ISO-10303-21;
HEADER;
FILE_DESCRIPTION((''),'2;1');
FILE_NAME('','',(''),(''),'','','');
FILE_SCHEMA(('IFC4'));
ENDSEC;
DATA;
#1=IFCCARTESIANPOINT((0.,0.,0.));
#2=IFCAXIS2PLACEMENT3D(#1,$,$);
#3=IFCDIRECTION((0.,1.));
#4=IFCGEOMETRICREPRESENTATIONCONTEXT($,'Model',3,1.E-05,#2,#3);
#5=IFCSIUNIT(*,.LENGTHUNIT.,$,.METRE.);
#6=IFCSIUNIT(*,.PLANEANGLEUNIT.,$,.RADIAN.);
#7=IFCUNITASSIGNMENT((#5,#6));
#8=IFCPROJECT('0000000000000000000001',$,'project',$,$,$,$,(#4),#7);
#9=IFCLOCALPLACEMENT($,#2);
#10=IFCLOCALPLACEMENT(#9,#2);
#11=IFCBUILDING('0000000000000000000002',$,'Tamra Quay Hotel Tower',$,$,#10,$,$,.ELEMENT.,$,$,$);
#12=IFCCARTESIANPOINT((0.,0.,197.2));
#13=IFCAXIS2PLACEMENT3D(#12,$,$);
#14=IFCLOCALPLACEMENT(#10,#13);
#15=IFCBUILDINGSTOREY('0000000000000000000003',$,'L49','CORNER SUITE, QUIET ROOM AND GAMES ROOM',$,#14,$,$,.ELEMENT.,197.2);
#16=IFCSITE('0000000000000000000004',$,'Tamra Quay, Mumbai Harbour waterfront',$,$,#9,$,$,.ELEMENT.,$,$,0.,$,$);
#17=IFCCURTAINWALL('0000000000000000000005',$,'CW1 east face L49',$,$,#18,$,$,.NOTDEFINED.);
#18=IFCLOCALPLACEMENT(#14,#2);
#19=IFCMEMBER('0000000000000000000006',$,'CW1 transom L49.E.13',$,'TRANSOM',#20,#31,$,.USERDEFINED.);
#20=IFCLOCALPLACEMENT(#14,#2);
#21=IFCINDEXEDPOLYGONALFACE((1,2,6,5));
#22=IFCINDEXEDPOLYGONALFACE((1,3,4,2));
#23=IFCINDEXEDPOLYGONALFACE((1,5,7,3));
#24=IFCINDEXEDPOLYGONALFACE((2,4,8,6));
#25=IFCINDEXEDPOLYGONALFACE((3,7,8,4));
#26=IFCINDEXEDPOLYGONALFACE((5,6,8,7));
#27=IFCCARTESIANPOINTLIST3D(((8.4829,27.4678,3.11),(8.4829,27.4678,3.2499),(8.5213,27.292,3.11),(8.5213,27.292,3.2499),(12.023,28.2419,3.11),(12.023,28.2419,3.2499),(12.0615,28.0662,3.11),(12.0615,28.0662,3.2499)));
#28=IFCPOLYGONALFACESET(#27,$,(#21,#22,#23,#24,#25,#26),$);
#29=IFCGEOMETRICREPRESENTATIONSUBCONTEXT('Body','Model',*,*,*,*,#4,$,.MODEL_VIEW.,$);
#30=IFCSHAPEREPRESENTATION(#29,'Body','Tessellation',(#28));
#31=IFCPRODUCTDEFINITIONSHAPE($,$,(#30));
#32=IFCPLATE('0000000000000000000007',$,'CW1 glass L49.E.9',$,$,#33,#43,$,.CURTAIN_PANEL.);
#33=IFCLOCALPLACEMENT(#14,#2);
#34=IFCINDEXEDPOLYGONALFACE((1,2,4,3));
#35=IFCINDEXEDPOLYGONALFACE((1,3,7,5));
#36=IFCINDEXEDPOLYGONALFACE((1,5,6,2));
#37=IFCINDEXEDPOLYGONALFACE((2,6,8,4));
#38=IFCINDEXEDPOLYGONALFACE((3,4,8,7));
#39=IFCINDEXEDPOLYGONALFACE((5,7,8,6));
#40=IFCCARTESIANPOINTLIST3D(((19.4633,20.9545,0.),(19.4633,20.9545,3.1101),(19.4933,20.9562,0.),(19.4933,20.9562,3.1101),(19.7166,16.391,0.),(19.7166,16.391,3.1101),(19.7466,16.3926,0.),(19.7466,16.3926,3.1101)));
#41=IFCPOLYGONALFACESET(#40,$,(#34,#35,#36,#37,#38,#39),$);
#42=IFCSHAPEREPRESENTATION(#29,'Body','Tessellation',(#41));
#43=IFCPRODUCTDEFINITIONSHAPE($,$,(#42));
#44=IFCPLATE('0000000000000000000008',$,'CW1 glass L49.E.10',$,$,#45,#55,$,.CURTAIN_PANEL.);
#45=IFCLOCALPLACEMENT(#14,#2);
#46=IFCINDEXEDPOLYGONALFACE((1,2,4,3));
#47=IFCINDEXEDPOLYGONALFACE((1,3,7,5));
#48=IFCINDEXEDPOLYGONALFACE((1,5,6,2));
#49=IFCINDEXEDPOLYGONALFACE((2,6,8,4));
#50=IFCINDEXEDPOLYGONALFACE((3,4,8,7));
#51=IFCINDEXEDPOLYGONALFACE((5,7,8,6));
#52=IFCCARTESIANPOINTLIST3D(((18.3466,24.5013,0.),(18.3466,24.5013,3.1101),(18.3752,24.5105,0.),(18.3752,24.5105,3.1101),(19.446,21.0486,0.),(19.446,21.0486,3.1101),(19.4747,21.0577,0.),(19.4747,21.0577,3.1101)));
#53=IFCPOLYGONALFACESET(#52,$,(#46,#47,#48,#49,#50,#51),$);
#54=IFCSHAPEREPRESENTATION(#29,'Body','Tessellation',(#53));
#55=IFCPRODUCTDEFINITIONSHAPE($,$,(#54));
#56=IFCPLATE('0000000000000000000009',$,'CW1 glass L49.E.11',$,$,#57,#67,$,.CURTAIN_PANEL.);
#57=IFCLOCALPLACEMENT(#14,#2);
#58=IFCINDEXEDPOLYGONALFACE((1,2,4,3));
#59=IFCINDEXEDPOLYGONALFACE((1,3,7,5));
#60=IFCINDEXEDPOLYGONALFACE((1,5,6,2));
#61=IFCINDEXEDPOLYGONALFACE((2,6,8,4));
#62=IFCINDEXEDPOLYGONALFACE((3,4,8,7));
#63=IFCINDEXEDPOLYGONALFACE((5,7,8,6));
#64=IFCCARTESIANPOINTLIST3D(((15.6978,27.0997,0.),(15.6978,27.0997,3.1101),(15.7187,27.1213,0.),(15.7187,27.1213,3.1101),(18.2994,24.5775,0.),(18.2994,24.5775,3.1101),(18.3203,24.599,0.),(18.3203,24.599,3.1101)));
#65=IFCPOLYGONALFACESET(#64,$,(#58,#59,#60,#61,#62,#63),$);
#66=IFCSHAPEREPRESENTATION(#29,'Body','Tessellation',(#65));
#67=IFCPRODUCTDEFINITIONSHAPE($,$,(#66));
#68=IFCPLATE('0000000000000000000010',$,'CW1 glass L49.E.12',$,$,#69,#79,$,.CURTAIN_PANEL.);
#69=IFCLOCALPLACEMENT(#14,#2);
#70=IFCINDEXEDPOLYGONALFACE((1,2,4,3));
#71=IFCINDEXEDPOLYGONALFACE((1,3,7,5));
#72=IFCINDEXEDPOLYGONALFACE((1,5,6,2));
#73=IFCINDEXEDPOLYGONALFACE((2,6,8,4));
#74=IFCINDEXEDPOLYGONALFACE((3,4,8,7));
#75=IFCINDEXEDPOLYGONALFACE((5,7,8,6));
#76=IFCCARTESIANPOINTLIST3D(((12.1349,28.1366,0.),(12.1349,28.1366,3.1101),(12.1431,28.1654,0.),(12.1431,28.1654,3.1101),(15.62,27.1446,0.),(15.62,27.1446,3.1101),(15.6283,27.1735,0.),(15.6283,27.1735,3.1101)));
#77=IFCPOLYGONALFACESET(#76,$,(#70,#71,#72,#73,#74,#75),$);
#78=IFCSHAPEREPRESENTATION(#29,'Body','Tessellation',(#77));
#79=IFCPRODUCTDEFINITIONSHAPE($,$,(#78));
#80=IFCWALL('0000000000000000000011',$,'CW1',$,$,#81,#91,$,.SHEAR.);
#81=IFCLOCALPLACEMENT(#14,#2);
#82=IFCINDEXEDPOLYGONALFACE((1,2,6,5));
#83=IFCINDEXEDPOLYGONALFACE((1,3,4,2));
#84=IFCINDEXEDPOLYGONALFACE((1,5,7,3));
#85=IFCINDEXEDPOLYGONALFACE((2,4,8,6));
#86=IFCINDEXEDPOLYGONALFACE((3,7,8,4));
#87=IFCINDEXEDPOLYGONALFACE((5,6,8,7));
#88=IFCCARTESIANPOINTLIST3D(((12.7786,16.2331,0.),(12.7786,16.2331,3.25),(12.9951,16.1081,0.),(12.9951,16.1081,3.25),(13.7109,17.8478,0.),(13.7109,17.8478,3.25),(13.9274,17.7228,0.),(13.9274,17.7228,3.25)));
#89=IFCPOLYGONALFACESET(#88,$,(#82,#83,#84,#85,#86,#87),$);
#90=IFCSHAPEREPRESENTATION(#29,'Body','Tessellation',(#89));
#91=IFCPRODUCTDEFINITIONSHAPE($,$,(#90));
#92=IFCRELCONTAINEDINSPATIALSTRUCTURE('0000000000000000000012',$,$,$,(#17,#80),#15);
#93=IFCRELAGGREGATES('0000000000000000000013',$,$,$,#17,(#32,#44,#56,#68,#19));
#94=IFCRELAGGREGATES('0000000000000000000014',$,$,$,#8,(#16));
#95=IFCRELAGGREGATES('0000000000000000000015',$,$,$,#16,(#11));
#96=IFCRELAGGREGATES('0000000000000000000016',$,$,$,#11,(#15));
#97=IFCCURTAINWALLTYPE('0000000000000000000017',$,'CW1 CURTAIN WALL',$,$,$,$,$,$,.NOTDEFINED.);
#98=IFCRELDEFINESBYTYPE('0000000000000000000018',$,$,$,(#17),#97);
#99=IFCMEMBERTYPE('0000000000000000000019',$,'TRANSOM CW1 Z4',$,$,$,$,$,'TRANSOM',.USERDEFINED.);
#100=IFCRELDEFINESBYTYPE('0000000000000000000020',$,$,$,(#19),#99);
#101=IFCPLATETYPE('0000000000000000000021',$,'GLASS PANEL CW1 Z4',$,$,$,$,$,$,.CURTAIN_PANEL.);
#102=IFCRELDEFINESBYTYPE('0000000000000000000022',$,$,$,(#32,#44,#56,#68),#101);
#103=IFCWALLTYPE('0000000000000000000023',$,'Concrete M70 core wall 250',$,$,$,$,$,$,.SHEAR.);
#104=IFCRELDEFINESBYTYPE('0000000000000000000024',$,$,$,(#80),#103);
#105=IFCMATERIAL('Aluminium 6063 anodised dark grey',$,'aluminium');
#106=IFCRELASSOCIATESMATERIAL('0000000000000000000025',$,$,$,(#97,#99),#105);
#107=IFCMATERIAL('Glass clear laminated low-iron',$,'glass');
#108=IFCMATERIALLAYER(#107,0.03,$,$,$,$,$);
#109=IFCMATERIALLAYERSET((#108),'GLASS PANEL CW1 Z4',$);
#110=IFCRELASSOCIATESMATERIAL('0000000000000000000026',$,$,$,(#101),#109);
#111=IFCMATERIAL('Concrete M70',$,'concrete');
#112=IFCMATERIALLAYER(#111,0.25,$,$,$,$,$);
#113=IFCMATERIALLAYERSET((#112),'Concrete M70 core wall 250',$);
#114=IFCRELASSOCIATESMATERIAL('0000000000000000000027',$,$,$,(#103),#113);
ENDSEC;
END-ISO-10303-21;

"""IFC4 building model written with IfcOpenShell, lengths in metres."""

from ifc_helpers import new_model, si_unit, direction, frame, frame_2d, origin, origin_2d, place, context, subcontext, project, spatial, rectangle, extrude, material, layer, layer_set, material_profile, profile_set, type_object, element, aggregate, save


model = new_model("IFC4")

# Units and contexts
model_context = context("Model", 3, precision=1e-05, world=origin(), true_north=direction((0.0, 1.0)))
body_context = subcontext(model_context, "Body", "Model", "MODEL_VIEW")
ifc_project = project(units=[si_unit("LENGTHUNIT", "METRE"), si_unit("PLANEANGLEUNIT", "RADIAN")], contexts=[model_context])

# Site, building, storey
site_placement = place(None, origin())
site = spatial("IfcSite", under=ifc_project, at=site_placement, Name="Tamra Quay, Mumbai Harbour waterfront", CompositionType="ELEMENT", RefElevation=0.0)
building_placement = place(site_placement, origin())
building = spatial("IfcBuilding", under=site, at=building_placement, Name="Tamra Quay Hotel Tower", CompositionType="ELEMENT")
storey_placement = place(building_placement, frame((0.0, 0.0, 197.2)))
storey = spatial("IfcBuildingStorey", under=building, at=storey_placement, Name="L49", Description="CORNER SUITE, QUIET ROOM AND GAMES ROOM", CompositionType="ELEMENT", Elevation=197.2)

# Shared definitions
ifc_material_1 = material(Name="Concrete M70", Category="concrete")

# Curtain wall
ifc_material_2 = material(Name="Aluminium 6063 anodised dark grey", Category="aluminium")
curtain_wall_type = type_object("IfcCurtainWallType", Name="CW1 CURTAIN WALL", PredefinedType="NOTDEFINED", material=ifc_material_2)
curtain_wall_placement = place(storey_placement, origin())
curtain_wall = element("IfcCurtainWall", 1, at=curtain_wall_placement, inside=storey, type_object=curtain_wall_type, Name="CW1 east face L49", PredefinedType="NOTDEFINED")

# Member
ifc_material_profile_1 = material_profile(ifc_material_2, rectangle(XDim=0.1799, YDim=0.1399, at=origin_2d()), Name="TRANSOM 180X140")
ifc_profile_set_1 = profile_set([ifc_material_profile_1], Name="Aluminium 6063 anodised dark grey")
member_type_1 = type_object("IfcMemberType", Name="TRANSOM CW1 Z4", ElementType="TRANSOM", PredefinedType="USERDEFINED", material=ifc_profile_set_1)
member_1_placement = place(storey_placement, frame((12.0422, 28.1541, 3.1799), z_axis=(-0.976912, -0.213641, 0.0), x_axis=(0.213641, -0.976912, 0.0)))
member_1 = element("IfcMember", 2, at=member_1_placement, type_object=member_type_1, Name="CW1 transom L49.E.13", ObjectType="TRANSOM", PredefinedType="USERDEFINED", context=body_context, shape_type="SweptSolid", body=[
    extrude(rectangle(XDim=0.1799, YDim=0.1399, at=origin_2d()), origin(), (0.0, 0.0, 1.0), 3.6238),
])

# Plates
ifc_material_3 = material(Name="Glass clear laminated low-iron", Category="glass")
ifc_layer_1 = layer(ifc_material_3, 0.03)
ifc_layer_set_1 = layer_set([ifc_layer_1], Name="GLASS PANEL CW1 Z4")
plate_type = type_object("IfcPlateType", Name="GLASS PANEL CW1 Z4", PredefinedType="CURTAIN_PANEL", material=ifc_layer_set_1)
plate_1_placement = place(storey_placement, frame((19.605, 18.6736, 0.0), z_axis=(0.0, 0.0, 1.0), x_axis=(-0.055416, 0.998463, 0.0)))
plate_1 = element("IfcPlate", 3, at=plate_1_placement, type_object=plate_type, Name="CW1 glass L49.E.9", PredefinedType="CURTAIN_PANEL", context=body_context, shape_type="SweptSolid", body=[
    extrude(rectangle(XDim=4.5706, YDim=0.03, at=origin_2d()), origin(), (0.0, 0.0, 1.0), 3.1101),
])
plate_2_placement = place(storey_placement, frame((18.9106, 22.7795, 0.0), z_axis=(0.0, 0.0, 1.0), x_axis=(-0.30341, 0.95286, 0.0)))
plate_2 = element("IfcPlate", 4, at=plate_2_placement, type_object=plate_type, Name="CW1 glass L49.E.10", PredefinedType="CURTAIN_PANEL", context=body_context, shape_type="SweptSolid", body=[
    extrude(rectangle(XDim=3.6235, YDim=0.03, at=origin_2d()), origin(), (0.0, 0.0, 1.0), 3.1101),
])
plate_3_placement = place(storey_placement, frame((17.009, 25.8494, 0.0), z_axis=(0.0, 0.0, 1.0), x_axis=(-0.717975, 0.696069, 0.0)))
plate_3 = element("IfcPlate", 5, at=plate_3_placement, type_object=plate_type, Name="CW1 glass L49.E.11", PredefinedType="CURTAIN_PANEL", context=body_context, shape_type="SweptSolid", body=[
    extrude(rectangle(XDim=3.6235, YDim=0.03, at=origin_2d()), origin(), (0.0, 0.0, 1.0), 3.1101),
])
plate_4_placement = place(storey_placement, frame((13.8816, 27.655, 0.0), z_axis=(0.0, 0.0, 1.0), x_axis=(-0.961801, 0.27375, 0.0)))
plate_4 = element("IfcPlate", 6, at=plate_4_placement, type_object=plate_type, Name="CW1 glass L49.E.12", PredefinedType="CURTAIN_PANEL", context=body_context, shape_type="SweptSolid", body=[
    extrude(rectangle(XDim=3.6235, YDim=0.03, at=origin_2d()), origin(), (0.0, 0.0, 1.0), 3.1101),
])
aggregate(curtain_wall, [plate_1, plate_2, plate_3, plate_4, member_1])

# Wall
ifc_layer_2 = layer(ifc_material_1, 0.25)
ifc_layer_set_2 = layer_set([ifc_layer_2], Name="Concrete M70 core wall 250")
wall_type = type_object("IfcWallType", Name="Concrete M70 core wall 250", PredefinedType="SHEAR", material=ifc_layer_set_2)
wall_placement = place(storey_placement, frame((13.8191, 17.7852, 0.0), z_axis=(0.0, 0.0, 1.0), x_axis=(-0.50004, -0.866002, 0.0)))
element("IfcWall", 7, at=wall_placement, inside=storey, type_object=wall_type, Name="CW1", PredefinedType="SHEAR", context=body_context, shape_type="SweptSolid", body=[
    extrude(rectangle(XDim=1.8645, YDim=0.25, at=frame_2d((0.9321, 0.0))), origin(), (0.0, 0.0, 1.0), 3.25),
])

save(model, "model.ifc")
